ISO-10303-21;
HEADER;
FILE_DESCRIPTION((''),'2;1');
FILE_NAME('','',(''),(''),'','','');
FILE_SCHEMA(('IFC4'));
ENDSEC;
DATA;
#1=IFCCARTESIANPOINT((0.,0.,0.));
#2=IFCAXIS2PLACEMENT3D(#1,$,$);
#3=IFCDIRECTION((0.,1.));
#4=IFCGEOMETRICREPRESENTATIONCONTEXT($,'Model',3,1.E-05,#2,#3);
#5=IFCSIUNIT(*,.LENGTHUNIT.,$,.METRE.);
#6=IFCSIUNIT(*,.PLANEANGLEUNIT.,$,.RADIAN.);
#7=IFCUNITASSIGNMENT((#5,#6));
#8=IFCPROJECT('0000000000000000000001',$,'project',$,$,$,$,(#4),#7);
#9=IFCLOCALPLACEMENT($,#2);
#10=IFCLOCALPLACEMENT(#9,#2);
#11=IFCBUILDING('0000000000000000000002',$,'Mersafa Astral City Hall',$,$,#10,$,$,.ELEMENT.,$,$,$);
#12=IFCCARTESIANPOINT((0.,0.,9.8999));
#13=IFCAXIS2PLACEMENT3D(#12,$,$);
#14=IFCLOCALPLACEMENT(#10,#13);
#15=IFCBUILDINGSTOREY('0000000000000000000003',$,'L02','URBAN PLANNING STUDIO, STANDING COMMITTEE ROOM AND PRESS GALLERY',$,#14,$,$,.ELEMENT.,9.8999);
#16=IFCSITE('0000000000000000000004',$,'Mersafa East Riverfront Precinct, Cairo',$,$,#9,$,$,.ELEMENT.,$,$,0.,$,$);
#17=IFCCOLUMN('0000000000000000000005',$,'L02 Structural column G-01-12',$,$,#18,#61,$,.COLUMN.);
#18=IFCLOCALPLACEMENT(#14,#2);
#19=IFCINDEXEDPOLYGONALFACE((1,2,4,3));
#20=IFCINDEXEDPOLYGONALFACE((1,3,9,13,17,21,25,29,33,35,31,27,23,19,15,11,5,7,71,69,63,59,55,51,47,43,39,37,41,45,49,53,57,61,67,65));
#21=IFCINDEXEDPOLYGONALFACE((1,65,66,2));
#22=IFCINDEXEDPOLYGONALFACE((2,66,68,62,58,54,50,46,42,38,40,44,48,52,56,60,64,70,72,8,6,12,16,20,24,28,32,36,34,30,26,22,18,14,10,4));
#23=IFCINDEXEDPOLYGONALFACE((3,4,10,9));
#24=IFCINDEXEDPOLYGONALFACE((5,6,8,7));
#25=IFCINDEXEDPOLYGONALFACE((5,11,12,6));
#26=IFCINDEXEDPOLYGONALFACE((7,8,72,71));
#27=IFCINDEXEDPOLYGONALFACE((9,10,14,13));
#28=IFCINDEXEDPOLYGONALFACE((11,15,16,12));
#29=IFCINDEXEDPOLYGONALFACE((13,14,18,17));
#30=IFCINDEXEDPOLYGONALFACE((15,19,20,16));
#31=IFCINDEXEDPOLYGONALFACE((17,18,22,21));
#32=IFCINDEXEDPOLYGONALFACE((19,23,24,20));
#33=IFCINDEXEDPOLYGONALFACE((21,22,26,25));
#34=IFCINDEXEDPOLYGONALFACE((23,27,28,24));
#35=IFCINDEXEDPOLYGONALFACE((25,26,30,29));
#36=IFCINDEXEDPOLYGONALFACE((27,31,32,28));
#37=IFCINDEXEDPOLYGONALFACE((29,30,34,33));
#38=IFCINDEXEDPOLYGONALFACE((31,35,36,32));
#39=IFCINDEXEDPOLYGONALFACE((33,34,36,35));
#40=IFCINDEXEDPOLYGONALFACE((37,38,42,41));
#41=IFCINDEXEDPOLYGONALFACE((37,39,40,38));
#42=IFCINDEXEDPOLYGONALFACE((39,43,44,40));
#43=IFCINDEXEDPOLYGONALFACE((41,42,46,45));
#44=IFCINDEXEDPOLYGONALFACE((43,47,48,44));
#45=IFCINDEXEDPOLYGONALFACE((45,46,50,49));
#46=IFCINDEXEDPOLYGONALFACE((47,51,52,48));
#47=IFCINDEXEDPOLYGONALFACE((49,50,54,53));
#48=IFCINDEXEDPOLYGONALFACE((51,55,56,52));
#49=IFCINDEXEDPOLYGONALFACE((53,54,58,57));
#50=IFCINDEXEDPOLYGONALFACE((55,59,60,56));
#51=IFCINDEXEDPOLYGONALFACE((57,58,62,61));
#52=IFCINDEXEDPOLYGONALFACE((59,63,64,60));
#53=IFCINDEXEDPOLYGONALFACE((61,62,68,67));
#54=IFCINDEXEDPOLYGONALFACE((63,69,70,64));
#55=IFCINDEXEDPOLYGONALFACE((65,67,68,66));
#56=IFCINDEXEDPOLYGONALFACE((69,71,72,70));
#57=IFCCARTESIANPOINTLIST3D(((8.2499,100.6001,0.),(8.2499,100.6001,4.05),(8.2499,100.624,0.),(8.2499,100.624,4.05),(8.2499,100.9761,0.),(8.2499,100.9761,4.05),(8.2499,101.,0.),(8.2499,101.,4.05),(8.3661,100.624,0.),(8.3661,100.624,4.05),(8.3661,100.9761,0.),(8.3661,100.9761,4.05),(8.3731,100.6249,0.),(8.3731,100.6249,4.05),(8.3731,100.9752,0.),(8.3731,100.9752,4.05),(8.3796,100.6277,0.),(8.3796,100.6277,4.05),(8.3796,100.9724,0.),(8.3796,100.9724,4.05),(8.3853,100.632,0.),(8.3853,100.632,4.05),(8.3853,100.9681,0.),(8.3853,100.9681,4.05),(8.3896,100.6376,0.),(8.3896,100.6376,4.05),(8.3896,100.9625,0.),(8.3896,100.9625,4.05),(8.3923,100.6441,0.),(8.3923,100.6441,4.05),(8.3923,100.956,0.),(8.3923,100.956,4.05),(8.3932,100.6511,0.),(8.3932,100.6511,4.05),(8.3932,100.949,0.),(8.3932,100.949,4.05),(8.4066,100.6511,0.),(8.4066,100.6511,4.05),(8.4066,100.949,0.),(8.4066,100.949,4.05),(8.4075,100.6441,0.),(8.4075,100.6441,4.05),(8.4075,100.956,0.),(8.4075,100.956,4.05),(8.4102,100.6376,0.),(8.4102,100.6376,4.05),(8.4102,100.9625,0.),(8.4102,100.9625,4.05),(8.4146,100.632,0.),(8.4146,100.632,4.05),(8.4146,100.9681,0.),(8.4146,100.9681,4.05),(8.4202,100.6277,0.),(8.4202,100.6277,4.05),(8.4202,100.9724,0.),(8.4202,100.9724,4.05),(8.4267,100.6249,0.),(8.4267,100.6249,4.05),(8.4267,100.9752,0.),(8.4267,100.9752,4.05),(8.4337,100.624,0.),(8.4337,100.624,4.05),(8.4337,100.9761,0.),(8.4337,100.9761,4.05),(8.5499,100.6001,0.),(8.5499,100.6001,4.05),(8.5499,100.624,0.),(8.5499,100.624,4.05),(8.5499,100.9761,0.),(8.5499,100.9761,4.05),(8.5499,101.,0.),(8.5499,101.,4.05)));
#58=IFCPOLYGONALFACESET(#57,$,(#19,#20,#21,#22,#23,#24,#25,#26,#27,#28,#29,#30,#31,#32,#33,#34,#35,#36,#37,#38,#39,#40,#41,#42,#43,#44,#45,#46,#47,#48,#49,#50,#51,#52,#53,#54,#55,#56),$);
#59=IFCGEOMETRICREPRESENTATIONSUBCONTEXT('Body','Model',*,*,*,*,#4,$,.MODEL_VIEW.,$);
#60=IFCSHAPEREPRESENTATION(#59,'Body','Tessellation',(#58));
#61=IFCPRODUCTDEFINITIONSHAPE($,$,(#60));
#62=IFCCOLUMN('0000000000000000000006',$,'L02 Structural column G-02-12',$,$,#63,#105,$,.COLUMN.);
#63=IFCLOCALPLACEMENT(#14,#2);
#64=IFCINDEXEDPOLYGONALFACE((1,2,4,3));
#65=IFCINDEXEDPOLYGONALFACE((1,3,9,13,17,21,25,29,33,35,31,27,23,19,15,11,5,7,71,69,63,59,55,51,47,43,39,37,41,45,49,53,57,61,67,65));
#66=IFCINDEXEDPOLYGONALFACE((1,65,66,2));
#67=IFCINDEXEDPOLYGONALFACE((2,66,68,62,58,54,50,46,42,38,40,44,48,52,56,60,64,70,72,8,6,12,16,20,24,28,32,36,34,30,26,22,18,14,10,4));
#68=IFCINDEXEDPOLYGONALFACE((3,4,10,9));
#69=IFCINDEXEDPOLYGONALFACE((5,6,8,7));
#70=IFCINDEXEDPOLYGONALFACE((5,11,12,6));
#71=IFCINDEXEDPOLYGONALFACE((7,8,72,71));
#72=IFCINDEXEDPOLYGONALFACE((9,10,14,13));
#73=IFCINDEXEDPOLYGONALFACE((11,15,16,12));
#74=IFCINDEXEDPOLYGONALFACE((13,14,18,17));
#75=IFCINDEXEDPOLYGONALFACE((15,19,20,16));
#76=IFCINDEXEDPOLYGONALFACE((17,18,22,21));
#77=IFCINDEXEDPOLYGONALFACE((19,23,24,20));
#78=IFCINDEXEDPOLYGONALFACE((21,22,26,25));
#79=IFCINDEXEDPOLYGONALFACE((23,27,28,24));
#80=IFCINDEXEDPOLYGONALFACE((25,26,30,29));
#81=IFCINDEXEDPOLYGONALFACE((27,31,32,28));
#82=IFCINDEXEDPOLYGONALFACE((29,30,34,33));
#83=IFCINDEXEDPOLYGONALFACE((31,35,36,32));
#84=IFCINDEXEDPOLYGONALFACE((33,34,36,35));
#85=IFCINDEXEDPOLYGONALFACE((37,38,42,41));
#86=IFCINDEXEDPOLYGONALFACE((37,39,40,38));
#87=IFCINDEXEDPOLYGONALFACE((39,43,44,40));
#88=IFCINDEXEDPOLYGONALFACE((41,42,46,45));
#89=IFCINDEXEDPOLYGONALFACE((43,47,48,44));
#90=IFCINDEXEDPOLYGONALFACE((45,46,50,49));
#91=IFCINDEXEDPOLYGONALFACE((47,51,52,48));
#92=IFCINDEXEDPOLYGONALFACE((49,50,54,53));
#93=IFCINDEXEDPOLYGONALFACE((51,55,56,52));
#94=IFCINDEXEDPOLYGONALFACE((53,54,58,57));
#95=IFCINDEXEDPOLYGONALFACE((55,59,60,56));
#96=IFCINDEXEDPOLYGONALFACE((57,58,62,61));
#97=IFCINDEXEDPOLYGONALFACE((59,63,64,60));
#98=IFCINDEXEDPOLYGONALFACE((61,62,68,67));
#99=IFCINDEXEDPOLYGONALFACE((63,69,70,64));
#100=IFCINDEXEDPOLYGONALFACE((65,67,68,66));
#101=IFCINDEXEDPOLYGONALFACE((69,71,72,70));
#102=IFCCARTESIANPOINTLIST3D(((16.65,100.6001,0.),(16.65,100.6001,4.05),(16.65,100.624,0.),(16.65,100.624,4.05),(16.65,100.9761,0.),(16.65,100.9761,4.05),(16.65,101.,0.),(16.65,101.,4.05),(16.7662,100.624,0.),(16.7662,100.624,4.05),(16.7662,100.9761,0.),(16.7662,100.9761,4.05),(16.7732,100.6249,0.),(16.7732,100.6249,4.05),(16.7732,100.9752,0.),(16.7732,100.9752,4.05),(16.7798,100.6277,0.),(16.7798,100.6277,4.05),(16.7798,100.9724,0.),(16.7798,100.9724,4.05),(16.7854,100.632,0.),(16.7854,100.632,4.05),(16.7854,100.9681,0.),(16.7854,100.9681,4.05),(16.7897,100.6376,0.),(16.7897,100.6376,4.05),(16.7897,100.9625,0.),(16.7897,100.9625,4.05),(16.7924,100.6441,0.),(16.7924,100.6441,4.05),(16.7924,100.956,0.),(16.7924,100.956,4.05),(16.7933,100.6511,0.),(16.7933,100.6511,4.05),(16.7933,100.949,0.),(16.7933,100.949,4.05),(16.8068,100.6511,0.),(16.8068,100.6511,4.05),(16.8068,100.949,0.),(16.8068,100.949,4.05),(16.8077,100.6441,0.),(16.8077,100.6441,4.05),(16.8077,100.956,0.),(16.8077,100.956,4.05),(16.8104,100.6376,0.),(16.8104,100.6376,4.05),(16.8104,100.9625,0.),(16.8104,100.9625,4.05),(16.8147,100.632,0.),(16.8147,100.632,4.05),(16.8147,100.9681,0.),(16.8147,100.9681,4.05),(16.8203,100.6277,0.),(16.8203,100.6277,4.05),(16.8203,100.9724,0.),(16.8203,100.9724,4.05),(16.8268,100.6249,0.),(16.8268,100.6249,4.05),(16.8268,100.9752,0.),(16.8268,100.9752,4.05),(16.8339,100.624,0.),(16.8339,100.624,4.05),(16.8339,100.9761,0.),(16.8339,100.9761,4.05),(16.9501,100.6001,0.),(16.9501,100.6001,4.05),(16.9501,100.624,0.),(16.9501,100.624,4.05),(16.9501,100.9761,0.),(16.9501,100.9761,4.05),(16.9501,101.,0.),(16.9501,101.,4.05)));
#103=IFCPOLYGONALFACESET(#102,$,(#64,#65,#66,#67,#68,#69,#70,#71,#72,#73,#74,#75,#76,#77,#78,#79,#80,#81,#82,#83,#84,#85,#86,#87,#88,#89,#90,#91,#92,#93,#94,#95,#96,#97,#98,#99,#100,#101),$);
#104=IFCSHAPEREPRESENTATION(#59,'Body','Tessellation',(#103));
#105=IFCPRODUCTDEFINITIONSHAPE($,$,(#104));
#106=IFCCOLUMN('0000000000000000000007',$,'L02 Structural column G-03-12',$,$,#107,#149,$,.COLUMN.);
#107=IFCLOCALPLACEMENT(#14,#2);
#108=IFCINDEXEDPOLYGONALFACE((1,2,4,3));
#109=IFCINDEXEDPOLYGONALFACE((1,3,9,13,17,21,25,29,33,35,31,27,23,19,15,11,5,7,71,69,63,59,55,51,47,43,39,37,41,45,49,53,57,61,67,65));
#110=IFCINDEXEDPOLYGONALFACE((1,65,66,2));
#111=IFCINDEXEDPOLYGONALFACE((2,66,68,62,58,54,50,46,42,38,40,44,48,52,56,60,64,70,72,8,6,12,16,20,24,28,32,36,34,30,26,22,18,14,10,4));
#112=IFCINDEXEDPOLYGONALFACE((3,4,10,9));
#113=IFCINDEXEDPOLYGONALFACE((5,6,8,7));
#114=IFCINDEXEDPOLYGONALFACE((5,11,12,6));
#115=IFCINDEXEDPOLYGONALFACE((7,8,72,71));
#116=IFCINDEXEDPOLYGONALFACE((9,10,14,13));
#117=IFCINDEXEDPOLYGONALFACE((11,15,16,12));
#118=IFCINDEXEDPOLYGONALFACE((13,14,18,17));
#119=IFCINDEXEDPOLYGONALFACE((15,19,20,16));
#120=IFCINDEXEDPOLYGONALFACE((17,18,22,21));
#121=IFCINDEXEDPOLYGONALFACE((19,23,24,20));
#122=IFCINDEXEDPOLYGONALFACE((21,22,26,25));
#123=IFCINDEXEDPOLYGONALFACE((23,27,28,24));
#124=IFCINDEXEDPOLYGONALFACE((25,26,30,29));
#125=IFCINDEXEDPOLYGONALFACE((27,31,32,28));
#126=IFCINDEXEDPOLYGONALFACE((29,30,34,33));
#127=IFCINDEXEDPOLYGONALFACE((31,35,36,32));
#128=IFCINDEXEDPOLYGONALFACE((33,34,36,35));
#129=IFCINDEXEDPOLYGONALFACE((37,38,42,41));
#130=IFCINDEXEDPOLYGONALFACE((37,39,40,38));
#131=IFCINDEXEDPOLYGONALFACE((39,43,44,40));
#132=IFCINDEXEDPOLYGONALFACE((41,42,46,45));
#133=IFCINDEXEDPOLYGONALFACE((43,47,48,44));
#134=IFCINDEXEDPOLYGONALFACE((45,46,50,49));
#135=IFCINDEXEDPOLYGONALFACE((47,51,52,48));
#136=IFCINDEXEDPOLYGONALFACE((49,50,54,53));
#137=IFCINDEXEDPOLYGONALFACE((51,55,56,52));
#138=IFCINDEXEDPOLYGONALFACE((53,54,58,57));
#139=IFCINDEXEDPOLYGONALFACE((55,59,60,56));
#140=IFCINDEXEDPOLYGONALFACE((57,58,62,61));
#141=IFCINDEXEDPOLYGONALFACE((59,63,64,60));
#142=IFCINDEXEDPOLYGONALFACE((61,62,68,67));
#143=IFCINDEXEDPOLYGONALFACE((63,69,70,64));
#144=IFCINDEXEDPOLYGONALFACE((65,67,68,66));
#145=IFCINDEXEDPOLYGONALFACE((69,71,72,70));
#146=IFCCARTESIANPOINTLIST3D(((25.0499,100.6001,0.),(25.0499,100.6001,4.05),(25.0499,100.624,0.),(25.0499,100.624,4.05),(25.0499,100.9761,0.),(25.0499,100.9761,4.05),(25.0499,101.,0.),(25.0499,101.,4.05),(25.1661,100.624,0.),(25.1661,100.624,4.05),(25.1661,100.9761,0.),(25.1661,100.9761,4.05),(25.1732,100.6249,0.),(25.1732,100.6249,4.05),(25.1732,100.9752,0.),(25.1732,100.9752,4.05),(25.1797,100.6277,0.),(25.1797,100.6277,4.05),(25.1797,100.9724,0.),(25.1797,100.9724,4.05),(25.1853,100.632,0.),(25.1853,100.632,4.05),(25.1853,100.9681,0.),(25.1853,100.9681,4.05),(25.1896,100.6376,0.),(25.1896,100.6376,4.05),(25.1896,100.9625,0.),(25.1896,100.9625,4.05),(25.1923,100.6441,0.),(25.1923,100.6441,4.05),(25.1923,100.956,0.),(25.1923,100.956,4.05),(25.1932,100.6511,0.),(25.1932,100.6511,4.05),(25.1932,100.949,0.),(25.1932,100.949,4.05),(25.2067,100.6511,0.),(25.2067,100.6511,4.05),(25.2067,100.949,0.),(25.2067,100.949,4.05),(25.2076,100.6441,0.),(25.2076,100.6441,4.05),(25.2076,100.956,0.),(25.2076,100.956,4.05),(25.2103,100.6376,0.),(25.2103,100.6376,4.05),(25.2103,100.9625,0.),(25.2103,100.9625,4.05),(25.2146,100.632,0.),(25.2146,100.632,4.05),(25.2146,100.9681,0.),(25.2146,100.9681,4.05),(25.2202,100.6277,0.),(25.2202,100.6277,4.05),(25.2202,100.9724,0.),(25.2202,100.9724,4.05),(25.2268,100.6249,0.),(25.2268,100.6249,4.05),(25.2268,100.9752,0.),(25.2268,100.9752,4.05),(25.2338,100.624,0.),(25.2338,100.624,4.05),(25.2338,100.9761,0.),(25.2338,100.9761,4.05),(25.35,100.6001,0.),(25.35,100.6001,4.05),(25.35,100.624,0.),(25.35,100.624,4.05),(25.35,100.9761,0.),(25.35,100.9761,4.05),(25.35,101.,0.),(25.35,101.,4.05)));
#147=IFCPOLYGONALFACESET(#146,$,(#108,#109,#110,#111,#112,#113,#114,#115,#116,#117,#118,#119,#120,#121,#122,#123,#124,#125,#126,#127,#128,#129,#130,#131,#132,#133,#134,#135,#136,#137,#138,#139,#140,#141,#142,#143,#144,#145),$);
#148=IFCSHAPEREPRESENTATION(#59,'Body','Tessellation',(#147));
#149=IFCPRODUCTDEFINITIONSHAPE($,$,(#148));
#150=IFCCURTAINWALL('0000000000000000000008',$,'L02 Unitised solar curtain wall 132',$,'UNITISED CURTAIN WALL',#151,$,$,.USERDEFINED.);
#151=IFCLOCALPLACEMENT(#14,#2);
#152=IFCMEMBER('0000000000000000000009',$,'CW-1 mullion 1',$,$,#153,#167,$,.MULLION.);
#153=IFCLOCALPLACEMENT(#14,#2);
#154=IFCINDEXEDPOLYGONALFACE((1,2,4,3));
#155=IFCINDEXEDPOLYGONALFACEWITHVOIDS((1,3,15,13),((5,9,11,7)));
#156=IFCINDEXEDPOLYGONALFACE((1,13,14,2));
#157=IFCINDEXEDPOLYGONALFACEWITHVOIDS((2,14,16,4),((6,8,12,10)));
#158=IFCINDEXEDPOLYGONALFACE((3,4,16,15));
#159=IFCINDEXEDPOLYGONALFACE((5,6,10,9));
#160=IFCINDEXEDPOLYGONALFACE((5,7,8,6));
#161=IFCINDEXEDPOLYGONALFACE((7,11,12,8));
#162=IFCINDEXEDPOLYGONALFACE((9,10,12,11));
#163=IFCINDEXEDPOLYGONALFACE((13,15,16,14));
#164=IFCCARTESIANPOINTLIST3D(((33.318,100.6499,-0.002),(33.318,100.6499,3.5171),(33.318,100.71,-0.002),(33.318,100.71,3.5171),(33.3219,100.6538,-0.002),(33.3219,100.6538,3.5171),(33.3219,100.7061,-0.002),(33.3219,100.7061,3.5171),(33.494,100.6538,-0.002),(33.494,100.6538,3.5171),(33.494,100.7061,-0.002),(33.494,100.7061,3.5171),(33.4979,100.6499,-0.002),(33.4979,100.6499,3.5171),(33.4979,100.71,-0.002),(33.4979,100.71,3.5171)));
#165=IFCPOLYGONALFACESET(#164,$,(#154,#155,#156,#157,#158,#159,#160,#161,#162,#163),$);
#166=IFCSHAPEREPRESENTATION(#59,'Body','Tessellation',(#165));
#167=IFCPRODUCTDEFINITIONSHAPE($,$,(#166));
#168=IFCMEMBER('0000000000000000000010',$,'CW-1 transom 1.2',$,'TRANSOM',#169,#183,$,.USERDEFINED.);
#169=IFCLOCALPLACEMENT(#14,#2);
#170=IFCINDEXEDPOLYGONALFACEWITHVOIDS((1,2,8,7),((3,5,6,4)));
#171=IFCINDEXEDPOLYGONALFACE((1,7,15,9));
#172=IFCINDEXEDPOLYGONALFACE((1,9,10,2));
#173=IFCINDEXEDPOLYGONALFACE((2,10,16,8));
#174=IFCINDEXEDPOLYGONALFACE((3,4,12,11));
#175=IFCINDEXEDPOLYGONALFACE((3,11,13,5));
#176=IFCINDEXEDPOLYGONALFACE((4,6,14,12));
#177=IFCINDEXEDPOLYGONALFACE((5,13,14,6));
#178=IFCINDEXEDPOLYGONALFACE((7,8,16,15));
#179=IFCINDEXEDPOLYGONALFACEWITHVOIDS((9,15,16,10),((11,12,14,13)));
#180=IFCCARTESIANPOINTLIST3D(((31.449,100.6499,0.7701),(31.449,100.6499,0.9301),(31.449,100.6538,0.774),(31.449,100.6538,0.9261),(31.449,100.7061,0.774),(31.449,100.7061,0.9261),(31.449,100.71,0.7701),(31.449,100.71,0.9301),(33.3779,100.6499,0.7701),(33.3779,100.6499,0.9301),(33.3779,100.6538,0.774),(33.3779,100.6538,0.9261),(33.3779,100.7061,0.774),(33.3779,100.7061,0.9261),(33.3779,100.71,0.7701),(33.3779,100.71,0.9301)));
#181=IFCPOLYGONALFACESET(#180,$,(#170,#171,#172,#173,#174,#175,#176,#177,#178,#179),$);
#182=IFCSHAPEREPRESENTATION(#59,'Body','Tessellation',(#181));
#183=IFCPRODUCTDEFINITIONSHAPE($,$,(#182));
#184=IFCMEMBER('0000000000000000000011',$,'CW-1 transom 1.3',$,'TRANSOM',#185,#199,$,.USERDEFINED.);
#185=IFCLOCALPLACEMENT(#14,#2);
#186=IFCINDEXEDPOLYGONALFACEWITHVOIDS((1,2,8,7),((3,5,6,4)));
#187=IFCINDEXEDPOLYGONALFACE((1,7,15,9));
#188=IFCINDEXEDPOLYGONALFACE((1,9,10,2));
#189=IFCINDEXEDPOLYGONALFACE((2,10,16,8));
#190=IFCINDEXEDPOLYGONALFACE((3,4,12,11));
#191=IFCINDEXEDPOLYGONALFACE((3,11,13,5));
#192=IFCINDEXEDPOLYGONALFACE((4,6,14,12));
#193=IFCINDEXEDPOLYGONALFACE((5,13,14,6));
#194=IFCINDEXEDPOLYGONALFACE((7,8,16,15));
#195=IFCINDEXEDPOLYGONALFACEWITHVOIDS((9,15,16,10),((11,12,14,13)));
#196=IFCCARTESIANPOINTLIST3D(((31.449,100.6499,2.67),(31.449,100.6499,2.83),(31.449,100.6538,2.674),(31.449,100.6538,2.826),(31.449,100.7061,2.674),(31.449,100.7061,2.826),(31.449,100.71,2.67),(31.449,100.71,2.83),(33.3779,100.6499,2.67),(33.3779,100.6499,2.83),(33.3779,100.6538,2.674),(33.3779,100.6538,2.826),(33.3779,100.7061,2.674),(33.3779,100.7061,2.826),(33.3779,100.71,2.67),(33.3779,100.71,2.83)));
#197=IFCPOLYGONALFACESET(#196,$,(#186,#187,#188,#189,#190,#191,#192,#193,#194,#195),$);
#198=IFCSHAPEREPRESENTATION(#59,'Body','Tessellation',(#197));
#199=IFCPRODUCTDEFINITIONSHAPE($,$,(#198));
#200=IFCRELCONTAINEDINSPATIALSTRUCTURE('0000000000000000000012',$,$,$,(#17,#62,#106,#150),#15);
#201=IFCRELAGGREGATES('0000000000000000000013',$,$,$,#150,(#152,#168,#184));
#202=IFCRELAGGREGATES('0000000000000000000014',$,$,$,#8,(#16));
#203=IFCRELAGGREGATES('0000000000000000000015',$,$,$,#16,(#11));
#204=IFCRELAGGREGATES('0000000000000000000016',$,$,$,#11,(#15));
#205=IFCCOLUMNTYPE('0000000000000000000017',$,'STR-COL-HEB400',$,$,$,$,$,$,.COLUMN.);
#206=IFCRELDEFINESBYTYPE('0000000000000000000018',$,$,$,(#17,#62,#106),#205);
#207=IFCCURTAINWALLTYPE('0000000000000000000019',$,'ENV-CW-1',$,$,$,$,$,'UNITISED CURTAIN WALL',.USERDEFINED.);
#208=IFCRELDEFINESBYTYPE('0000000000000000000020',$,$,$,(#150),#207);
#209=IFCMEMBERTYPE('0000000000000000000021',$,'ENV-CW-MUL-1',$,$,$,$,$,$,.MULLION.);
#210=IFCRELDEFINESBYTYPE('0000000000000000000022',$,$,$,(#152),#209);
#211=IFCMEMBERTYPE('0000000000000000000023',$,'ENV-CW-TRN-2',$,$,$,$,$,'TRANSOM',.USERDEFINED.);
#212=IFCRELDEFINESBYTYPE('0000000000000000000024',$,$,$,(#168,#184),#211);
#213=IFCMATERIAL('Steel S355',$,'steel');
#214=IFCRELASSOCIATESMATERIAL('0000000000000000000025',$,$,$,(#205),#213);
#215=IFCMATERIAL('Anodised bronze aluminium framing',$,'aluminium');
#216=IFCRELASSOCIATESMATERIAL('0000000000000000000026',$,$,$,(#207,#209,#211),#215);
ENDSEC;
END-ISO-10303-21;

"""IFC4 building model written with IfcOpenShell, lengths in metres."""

from ifc_helpers import new_model, si_unit, direction, frame, origin, origin_2d, place, context, subcontext, project, spatial, hollow_rectangle, i_section, extrude, material, material_profile, profile_set, type_object, element, aggregate, save


model = new_model("IFC4")

# Units and contexts
model_context = context("Model", 3, precision=1e-05, world=origin(), true_north=direction((0.0, 1.0)))
body_context = subcontext(model_context, "Body", "Model", "MODEL_VIEW")
ifc_project = project(units=[si_unit("LENGTHUNIT", "METRE"), si_unit("PLANEANGLEUNIT", "RADIAN")], contexts=[model_context])

# Site, building, storey
site_placement = place(None, origin())
site = spatial("IfcSite", under=ifc_project, at=site_placement, Name="Mersafa East Riverfront Precinct, Cairo", CompositionType="ELEMENT", RefElevation=0.0)
building_placement = place(site_placement, origin())
building = spatial("IfcBuilding", under=site, at=building_placement, Name="Mersafa Astral City Hall", CompositionType="ELEMENT")
storey_placement = place(building_placement, frame((0.0, 0.0, 9.8999)))
storey = spatial("IfcBuildingStorey", under=building, at=storey_placement, Name="L02", Description="URBAN PLANNING STUDIO, STANDING COMMITTEE ROOM AND PRESS GALLERY", CompositionType="ELEMENT", Elevation=9.8999)

# Columns
ifc_material_1 = material(Name="Steel S355", Category="steel")
ifc_material_profile_1 = material_profile(ifc_material_1, i_section(OverallWidth=0.3, OverallDepth=0.3999, WebThickness=0.0134, FlangeThickness=0.0239, FilletRadius=0.0271, at=origin_2d()), Name="HEB 400")
ifc_profile_set_1 = profile_set([ifc_material_profile_1], Name="Steel S355")
column_type = type_object("IfcColumnType", Name="STR-COL-HEB400", PredefinedType="COLUMN", material=ifc_profile_set_1)
for number, where, z_axis, x_axis, name in (
    (1, (8.3999, 100.8, 0.0), (0.0, 0.0, 1.0), (1.0, 0.0, 0.0), "L02 Structural column G-01-12"),
    (2, (16.8, 100.8, 0.0), (0.0, 0.0, 1.0), (1.0, 0.0, 0.0), "L02 Structural column G-02-12"),
    (3, (25.2, 100.8, 0.0), (0.0, 0.0, 1.0), (1.0, 0.0, 0.0), "L02 Structural column G-03-12"),
):
    element("IfcColumn", number, at=place(storey_placement, frame(where, z_axis=z_axis, x_axis=x_axis)), inside=storey, type_object=column_type, Name=name, PredefinedType="COLUMN", context=body_context, shape_type="SweptSolid", body=[
        extrude(i_section(OverallWidth=0.3, OverallDepth=0.3999, WebThickness=0.0134, FlangeThickness=0.0239, FilletRadius=0.0271, at=origin_2d()), origin(), (0.0, 0.0, 1.0), 4.05),
    ])

# Curtain wall, members
ifc_material_2 = material(Name="Anodised bronze aluminium framing", Category="aluminium")
curtain_wall_type = type_object("IfcCurtainWallType", Name="ENV-CW-1", ElementType="UNITISED CURTAIN WALL", PredefinedType="USERDEFINED", material=ifc_material_2)
curtain_wall_placement = place(storey_placement, origin())
curtain_wall = element("IfcCurtainWall", 4, at=curtain_wall_placement, inside=storey, type_object=curtain_wall_type, Name="L02 Unitised solar curtain wall 132", ObjectType="UNITISED CURTAIN WALL", PredefinedType="USERDEFINED")
ifc_material_profile_2 = material_profile(ifc_material_2, hollow_rectangle(XDim=0.0601, YDim=0.1799, WallThickness=0.0039, at=origin_2d()), Name="RHS 60x180x4")
ifc_profile_set_2 = profile_set([ifc_material_profile_2], Name="Anodised bronze aluminium framing")
member_type_1 = type_object("IfcMemberType", Name="ENV-CW-MUL-1", PredefinedType="MULLION", material=ifc_profile_set_2)
member_1_placement = place(storey_placement, frame((33.408, 100.6799, -0.002), z_axis=(0.0, 0.0, 1.0), x_axis=(0.0, -1.0, 0.0)))
member_1 = element("IfcMember", 5, at=member_1_placement, type_object=member_type_1, Name="CW-1 mullion 1", PredefinedType="MULLION", context=body_context, shape_type="SweptSolid", body=[
    extrude(hollow_rectangle(XDim=0.0601, YDim=0.1799, WallThickness=0.0039, at=origin_2d()), origin(), (0.0, 0.0, 1.0), 3.519),
])
ifc_material_profile_3 = material_profile(ifc_material_2, hollow_rectangle(XDim=0.0601, YDim=0.1599, WallThickness=0.0039, at=origin_2d()), Name="RHS 60x160x4")
ifc_profile_set_3 = profile_set([ifc_material_profile_3], Name="Anodised bronze aluminium framing")
member_type_2 = type_object("IfcMemberType", Name="ENV-CW-TRN-2", ElementType="TRANSOM", PredefinedType="USERDEFINED", material=ifc_profile_set_3)
member_2_placement = place(storey_placement, frame((33.3779, 100.6799, 0.8501), z_axis=(-1.0, 0.0, 0.0), x_axis=(0.0, -1.0, 0.0)))
member_2 = element("IfcMember", 6, at=member_2_placement, type_object=member_type_2, Name="CW-1 transom 1.2", ObjectType="TRANSOM", PredefinedType="USERDEFINED", context=body_context, shape_type="SweptSolid", body=[
    extrude(hollow_rectangle(XDim=0.0601, YDim=0.1599, WallThickness=0.0039, at=origin_2d()), origin(), (0.0, 0.0, 1.0), 1.929),
])
member_3_placement = place(storey_placement, frame((33.3779, 100.6799, 2.75), z_axis=(-1.0, 0.0, 0.0), x_axis=(0.0, -1.0, 0.0)))
member_3 = element("IfcMember", 7, at=member_3_placement, type_object=member_type_2, Name="CW-1 transom 1.3", ObjectType="TRANSOM", PredefinedType="USERDEFINED", context=body_context, shape_type="SweptSolid", body=[
    extrude(hollow_rectangle(XDim=0.0601, YDim=0.1599, WallThickness=0.0039, at=origin_2d()), origin(), (0.0, 0.0, 1.0), 1.929),
])
aggregate(curtain_wall, [member_1, member_2, member_3])

save(model, "model.ifc")
